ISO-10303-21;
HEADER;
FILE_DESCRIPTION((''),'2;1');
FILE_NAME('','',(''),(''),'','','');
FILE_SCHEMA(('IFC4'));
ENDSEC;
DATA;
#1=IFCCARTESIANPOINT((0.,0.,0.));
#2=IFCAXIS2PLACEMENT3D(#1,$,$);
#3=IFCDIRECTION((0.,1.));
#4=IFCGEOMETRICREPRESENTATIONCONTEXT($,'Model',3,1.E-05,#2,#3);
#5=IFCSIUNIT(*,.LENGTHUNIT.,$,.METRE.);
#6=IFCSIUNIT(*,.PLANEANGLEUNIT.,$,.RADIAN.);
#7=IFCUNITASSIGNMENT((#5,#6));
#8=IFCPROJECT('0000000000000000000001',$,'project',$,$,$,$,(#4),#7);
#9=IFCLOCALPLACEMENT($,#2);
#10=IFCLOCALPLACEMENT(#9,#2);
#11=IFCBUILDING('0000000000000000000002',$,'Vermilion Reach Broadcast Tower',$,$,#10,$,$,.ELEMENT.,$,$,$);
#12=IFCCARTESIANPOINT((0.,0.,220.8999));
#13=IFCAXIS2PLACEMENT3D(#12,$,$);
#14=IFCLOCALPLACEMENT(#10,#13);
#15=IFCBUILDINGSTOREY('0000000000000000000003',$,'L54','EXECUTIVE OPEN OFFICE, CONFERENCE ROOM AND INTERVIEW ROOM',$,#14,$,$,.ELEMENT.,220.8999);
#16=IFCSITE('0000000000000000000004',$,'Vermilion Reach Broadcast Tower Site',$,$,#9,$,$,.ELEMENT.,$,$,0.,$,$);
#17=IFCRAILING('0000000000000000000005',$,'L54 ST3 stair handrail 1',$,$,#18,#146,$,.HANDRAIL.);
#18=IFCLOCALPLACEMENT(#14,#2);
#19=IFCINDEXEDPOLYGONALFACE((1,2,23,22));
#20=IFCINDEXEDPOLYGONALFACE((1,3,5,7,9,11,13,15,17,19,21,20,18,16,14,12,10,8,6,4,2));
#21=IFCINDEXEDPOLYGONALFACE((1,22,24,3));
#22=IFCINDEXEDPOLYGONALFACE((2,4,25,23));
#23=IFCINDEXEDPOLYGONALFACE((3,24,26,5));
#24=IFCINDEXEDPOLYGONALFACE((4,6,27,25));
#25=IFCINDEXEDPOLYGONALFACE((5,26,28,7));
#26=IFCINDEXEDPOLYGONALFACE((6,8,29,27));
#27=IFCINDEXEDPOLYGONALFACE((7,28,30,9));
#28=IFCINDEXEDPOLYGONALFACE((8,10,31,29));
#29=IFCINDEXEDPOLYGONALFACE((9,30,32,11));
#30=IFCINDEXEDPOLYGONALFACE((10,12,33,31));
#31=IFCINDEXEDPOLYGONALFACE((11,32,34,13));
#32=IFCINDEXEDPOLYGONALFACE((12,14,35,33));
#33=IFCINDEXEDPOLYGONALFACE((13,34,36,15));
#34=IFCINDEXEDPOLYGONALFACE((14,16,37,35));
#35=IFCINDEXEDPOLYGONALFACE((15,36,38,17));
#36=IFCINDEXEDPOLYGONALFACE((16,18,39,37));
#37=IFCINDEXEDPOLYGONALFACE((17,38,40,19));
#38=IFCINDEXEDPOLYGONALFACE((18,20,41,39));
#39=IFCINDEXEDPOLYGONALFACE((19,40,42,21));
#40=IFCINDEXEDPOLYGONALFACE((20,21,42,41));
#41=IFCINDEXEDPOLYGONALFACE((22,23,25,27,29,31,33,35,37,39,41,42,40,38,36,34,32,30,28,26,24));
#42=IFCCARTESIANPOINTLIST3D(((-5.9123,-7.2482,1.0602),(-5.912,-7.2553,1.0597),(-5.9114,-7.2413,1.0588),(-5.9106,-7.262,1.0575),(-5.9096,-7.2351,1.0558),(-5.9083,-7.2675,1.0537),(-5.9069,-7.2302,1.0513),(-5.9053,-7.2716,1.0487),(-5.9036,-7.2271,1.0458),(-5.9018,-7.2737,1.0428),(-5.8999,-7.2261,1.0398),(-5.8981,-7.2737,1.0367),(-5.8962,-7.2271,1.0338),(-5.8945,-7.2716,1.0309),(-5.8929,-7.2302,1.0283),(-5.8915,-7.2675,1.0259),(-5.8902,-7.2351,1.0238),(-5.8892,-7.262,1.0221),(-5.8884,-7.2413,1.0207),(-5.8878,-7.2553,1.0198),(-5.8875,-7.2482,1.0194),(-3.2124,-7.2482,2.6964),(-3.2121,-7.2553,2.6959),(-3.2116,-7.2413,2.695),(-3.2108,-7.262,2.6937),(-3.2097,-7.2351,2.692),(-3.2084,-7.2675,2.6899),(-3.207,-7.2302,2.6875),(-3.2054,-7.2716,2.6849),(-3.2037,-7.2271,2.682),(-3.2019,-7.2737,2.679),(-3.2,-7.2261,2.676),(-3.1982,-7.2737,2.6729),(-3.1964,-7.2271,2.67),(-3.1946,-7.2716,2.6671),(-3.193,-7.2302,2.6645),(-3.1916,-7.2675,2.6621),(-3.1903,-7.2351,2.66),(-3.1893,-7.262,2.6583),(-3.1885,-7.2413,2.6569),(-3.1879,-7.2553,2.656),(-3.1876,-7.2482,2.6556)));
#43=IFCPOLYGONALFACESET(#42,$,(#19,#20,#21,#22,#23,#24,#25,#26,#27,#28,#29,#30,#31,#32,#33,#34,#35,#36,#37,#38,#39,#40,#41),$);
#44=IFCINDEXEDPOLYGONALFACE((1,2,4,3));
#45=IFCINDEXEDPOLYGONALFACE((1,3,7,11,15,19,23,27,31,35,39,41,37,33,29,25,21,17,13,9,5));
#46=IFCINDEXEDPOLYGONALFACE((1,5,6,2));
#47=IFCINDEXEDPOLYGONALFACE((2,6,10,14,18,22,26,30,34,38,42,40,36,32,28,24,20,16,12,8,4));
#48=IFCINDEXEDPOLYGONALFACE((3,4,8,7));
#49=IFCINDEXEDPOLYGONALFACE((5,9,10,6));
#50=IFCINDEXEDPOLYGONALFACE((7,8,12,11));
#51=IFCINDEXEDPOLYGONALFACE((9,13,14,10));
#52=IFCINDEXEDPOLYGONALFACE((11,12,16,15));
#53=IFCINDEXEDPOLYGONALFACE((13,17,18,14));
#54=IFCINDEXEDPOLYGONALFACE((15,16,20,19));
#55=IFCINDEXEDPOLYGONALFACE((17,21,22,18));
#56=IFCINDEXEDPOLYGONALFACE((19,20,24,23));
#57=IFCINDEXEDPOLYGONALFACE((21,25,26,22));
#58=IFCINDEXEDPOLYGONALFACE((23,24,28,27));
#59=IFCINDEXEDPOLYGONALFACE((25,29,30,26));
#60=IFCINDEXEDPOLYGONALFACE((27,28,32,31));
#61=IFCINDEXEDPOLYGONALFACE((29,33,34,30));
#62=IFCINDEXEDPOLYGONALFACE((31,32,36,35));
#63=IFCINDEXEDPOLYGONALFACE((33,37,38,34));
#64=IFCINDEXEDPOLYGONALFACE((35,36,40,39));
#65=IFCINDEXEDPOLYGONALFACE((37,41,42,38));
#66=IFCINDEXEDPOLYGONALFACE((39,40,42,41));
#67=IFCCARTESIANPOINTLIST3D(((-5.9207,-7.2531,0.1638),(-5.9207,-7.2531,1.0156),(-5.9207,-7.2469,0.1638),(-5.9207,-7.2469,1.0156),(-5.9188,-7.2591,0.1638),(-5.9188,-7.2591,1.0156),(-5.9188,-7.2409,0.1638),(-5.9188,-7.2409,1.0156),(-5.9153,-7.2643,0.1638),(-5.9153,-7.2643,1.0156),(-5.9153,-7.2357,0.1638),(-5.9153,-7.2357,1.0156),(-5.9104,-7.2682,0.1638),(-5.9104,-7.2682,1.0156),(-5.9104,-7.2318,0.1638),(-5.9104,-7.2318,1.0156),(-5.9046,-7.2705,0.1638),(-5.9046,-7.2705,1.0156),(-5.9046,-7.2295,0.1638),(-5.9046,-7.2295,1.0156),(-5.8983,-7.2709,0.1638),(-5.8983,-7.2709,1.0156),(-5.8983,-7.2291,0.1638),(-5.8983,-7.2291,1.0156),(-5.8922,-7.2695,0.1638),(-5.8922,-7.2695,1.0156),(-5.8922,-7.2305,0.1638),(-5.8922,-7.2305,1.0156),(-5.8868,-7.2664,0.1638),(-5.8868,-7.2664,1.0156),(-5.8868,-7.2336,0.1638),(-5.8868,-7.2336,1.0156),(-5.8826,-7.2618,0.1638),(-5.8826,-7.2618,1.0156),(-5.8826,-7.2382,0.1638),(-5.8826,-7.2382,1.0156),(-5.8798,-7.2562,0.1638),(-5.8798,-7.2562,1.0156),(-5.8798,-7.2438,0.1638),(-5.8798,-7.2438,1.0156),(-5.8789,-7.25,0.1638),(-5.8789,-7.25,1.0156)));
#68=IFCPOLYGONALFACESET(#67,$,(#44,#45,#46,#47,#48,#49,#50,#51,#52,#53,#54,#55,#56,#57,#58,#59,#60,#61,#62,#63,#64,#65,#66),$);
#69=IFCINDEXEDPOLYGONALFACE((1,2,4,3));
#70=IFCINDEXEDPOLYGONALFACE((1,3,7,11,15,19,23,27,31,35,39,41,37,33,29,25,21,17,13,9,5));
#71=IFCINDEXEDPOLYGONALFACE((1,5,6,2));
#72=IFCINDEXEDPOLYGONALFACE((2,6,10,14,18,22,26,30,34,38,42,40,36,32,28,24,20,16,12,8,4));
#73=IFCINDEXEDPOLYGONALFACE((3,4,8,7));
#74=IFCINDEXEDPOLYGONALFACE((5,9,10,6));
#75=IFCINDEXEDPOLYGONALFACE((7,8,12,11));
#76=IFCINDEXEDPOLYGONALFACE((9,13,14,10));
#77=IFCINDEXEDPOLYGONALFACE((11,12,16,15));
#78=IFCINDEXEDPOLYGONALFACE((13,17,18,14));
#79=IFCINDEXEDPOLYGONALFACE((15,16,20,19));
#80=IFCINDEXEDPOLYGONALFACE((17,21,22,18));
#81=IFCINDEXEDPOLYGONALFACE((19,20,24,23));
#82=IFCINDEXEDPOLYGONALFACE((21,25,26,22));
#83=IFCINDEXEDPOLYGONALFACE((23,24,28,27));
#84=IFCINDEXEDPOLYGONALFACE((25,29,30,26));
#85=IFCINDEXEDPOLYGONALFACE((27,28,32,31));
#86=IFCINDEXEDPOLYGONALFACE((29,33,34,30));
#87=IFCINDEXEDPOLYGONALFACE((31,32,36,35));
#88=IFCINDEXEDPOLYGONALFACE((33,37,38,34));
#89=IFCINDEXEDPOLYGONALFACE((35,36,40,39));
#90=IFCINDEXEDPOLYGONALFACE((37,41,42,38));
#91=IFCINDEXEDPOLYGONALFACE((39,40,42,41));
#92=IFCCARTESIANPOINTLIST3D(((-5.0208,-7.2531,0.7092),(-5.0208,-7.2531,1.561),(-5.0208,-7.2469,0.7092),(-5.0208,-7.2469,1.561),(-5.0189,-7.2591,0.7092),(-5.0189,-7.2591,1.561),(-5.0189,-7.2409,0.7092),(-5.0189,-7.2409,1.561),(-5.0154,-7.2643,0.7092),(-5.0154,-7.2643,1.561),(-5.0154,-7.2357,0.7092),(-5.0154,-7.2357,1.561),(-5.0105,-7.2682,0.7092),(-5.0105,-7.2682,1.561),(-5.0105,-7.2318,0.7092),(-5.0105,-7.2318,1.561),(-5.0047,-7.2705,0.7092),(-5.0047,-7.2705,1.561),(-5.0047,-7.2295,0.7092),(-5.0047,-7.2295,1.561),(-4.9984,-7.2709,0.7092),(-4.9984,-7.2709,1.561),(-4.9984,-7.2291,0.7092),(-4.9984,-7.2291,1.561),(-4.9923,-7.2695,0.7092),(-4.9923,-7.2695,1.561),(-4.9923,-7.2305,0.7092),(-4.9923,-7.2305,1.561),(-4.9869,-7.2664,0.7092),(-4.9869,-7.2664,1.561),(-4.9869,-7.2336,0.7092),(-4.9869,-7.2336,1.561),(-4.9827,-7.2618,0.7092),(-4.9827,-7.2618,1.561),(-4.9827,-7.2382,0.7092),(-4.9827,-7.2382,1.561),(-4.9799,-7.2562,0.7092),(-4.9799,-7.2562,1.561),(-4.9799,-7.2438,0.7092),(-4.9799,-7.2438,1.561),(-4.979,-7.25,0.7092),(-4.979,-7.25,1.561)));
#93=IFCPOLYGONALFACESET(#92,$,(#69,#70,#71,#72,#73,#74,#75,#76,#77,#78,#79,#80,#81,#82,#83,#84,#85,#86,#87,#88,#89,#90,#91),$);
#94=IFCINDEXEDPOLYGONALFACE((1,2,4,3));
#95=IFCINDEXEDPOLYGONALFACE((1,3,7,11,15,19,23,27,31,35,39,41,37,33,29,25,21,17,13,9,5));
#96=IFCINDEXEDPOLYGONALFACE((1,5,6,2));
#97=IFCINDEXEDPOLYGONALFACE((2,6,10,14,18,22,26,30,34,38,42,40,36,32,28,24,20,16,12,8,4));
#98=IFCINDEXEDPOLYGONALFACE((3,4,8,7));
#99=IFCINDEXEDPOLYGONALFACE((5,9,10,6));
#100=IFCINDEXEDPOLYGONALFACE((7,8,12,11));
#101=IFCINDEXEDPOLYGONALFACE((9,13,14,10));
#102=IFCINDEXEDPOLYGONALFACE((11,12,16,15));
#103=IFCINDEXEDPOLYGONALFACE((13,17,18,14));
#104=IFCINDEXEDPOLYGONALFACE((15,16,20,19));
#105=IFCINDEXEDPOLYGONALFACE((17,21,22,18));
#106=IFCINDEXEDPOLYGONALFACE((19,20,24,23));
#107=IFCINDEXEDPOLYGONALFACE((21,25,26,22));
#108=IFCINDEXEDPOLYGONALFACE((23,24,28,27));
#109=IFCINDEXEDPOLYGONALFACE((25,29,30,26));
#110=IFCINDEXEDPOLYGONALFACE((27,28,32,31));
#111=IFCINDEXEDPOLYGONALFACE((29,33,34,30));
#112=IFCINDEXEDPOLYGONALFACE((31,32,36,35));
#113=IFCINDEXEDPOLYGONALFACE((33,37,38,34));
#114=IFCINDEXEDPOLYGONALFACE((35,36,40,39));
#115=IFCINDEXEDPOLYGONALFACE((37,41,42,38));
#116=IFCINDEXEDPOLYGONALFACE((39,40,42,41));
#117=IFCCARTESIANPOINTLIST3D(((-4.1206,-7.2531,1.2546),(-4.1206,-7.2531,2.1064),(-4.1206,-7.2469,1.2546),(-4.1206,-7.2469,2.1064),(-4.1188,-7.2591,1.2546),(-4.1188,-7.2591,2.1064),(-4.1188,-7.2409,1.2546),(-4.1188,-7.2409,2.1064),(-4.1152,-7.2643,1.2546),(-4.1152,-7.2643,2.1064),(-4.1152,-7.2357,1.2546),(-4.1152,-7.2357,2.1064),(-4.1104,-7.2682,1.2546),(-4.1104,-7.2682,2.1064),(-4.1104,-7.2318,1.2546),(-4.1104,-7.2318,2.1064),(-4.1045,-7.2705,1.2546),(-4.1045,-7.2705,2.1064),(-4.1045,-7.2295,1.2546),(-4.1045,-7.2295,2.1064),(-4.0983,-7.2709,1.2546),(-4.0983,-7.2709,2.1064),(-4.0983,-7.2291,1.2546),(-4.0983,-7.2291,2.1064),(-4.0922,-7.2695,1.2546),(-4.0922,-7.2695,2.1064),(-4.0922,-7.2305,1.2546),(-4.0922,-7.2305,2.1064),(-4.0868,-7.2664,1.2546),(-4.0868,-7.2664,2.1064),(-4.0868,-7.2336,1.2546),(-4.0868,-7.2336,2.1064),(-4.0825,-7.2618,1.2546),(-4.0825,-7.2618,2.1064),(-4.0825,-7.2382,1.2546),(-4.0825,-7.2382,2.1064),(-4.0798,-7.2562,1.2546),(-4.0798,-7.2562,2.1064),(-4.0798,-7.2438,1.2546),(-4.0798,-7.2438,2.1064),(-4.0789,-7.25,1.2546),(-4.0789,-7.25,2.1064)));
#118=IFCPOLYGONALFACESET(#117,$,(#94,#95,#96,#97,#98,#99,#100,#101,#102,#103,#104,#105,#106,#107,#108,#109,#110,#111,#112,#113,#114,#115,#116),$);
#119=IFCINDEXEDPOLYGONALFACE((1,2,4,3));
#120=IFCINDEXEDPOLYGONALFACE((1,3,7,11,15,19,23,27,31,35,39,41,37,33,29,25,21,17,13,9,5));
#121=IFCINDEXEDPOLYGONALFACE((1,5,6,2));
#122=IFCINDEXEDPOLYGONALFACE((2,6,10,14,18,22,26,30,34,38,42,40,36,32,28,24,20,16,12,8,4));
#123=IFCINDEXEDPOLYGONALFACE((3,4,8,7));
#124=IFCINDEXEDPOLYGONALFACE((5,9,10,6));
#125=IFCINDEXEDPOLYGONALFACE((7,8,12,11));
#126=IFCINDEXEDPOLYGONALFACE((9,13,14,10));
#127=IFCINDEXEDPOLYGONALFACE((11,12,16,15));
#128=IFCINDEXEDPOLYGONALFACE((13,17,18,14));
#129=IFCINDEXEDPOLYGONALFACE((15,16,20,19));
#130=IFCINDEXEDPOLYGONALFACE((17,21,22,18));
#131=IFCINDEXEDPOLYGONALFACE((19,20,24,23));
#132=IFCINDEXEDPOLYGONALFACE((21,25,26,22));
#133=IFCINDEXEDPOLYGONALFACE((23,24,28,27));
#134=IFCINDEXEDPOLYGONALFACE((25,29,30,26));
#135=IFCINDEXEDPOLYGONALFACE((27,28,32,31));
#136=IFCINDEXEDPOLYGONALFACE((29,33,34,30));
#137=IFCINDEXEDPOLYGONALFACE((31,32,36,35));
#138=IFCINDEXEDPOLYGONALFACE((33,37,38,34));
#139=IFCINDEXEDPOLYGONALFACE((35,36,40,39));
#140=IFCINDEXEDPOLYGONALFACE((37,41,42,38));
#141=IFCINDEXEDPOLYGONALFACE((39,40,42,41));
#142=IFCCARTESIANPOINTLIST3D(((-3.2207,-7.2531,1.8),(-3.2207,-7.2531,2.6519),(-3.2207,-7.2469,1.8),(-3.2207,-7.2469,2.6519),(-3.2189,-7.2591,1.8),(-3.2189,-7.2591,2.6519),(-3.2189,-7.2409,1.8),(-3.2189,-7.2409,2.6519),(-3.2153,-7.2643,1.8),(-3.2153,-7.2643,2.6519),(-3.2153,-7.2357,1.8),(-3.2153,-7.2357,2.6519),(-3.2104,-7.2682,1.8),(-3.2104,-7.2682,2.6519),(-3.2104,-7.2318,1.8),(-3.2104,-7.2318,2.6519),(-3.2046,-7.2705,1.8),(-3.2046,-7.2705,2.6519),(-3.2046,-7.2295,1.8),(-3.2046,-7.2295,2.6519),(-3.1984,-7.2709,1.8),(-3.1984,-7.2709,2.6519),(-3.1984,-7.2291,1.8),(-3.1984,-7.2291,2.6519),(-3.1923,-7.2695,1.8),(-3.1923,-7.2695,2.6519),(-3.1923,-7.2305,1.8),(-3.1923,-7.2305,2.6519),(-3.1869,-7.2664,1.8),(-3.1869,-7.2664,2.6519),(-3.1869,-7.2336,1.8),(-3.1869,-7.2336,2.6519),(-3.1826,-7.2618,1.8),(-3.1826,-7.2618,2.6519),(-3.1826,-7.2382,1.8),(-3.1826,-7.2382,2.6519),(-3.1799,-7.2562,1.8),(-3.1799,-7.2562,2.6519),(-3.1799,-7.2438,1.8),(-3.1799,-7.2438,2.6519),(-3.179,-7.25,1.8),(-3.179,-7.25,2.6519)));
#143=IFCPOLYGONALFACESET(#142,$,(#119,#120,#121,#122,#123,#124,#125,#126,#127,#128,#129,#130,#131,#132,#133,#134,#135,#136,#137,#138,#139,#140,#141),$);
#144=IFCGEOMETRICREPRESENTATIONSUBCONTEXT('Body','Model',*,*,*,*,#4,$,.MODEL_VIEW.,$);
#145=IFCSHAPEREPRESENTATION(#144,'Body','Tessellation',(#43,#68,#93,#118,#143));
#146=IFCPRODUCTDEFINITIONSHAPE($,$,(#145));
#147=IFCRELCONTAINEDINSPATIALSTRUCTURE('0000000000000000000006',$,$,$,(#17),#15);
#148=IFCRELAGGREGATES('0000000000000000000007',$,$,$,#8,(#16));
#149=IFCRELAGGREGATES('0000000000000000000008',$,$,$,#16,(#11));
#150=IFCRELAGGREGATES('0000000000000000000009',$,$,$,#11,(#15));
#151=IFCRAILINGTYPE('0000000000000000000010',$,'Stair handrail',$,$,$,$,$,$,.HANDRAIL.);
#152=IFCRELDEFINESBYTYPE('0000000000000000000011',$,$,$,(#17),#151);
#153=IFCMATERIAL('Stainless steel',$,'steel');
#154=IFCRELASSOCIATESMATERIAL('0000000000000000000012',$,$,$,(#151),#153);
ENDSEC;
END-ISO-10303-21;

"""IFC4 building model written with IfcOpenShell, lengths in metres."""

from ifc_helpers import new_model, si_unit, direction, frame, origin, origin_2d, place, context, subcontext, project, spatial, circle, extrude, material, type_object, element, save


model = new_model("IFC4")

# Units and contexts
model_context = context("Model", 3, precision=1e-05, world=origin(), true_north=direction((0.0, 1.0)))
body_context = subcontext(model_context, "Body", "Model", "MODEL_VIEW")
ifc_project = project(units=[si_unit("LENGTHUNIT", "METRE"), si_unit("PLANEANGLEUNIT", "RADIAN")], contexts=[model_context])

# Site, building, storey
site_placement = place(None, origin())
site = spatial("IfcSite", under=ifc_project, at=site_placement, Name="Vermilion Reach Broadcast Tower Site", CompositionType="ELEMENT", RefElevation=0.0)
building_placement = place(site_placement, origin())
building = spatial("IfcBuilding", under=site, at=building_placement, Name="Vermilion Reach Broadcast Tower", CompositionType="ELEMENT")
storey_placement = place(building_placement, frame((0.0, 0.0, 220.8999)))
storey = spatial("IfcBuildingStorey", under=building, at=storey_placement, Name="L54", Description="EXECUTIVE OPEN OFFICE, CONFERENCE ROOM AND INTERVIEW ROOM", CompositionType="ELEMENT", Elevation=220.8999)

# Railing
ifc_material_1 = material(Name="Stainless steel", Category="steel")
railing_type_1 = type_object("IfcRailingType", Name="Stair handrail", PredefinedType="HANDRAIL", material=ifc_material_1)
railing_1_placement = place(storey_placement, frame((-5.8999, -7.25, 0.1638)))
element("IfcRailing", 1, at=railing_1_placement, inside=storey, type_object=railing_type_1, Name="L54 ST3 stair handrail 1", PredefinedType="HANDRAIL", context=body_context, shape_type="SweptSolid", body=[
    extrude(circle(Radius=0.0239, at=origin_2d()), frame((0.0, 0.0, 0.876), z_axis=(0.855212, 0.0, 0.518278), x_axis=(0.0, 1.0, 0.0)), (0.0, 0.0, 1.0), 3.157),
    extrude(circle(Radius=0.021, at=origin_2d()), origin(), (0.0, 0.0, 1.0), 0.8518),
    extrude(circle(Radius=0.021, at=origin_2d()), frame((0.8999, 0.0, 0.5454)), (0.0, 0.0, 1.0), 0.8518),
    extrude(circle(Radius=0.021, at=origin_2d()), frame((1.8, 0.0, 1.0908)), (0.0, 0.0, 1.0), 0.8518),
    extrude(circle(Radius=0.021, at=origin_2d()), frame((2.7, 0.0, 1.6362)), (0.0, 0.0, 1.0), 0.8518),
])

save(model, "model.ifc")
